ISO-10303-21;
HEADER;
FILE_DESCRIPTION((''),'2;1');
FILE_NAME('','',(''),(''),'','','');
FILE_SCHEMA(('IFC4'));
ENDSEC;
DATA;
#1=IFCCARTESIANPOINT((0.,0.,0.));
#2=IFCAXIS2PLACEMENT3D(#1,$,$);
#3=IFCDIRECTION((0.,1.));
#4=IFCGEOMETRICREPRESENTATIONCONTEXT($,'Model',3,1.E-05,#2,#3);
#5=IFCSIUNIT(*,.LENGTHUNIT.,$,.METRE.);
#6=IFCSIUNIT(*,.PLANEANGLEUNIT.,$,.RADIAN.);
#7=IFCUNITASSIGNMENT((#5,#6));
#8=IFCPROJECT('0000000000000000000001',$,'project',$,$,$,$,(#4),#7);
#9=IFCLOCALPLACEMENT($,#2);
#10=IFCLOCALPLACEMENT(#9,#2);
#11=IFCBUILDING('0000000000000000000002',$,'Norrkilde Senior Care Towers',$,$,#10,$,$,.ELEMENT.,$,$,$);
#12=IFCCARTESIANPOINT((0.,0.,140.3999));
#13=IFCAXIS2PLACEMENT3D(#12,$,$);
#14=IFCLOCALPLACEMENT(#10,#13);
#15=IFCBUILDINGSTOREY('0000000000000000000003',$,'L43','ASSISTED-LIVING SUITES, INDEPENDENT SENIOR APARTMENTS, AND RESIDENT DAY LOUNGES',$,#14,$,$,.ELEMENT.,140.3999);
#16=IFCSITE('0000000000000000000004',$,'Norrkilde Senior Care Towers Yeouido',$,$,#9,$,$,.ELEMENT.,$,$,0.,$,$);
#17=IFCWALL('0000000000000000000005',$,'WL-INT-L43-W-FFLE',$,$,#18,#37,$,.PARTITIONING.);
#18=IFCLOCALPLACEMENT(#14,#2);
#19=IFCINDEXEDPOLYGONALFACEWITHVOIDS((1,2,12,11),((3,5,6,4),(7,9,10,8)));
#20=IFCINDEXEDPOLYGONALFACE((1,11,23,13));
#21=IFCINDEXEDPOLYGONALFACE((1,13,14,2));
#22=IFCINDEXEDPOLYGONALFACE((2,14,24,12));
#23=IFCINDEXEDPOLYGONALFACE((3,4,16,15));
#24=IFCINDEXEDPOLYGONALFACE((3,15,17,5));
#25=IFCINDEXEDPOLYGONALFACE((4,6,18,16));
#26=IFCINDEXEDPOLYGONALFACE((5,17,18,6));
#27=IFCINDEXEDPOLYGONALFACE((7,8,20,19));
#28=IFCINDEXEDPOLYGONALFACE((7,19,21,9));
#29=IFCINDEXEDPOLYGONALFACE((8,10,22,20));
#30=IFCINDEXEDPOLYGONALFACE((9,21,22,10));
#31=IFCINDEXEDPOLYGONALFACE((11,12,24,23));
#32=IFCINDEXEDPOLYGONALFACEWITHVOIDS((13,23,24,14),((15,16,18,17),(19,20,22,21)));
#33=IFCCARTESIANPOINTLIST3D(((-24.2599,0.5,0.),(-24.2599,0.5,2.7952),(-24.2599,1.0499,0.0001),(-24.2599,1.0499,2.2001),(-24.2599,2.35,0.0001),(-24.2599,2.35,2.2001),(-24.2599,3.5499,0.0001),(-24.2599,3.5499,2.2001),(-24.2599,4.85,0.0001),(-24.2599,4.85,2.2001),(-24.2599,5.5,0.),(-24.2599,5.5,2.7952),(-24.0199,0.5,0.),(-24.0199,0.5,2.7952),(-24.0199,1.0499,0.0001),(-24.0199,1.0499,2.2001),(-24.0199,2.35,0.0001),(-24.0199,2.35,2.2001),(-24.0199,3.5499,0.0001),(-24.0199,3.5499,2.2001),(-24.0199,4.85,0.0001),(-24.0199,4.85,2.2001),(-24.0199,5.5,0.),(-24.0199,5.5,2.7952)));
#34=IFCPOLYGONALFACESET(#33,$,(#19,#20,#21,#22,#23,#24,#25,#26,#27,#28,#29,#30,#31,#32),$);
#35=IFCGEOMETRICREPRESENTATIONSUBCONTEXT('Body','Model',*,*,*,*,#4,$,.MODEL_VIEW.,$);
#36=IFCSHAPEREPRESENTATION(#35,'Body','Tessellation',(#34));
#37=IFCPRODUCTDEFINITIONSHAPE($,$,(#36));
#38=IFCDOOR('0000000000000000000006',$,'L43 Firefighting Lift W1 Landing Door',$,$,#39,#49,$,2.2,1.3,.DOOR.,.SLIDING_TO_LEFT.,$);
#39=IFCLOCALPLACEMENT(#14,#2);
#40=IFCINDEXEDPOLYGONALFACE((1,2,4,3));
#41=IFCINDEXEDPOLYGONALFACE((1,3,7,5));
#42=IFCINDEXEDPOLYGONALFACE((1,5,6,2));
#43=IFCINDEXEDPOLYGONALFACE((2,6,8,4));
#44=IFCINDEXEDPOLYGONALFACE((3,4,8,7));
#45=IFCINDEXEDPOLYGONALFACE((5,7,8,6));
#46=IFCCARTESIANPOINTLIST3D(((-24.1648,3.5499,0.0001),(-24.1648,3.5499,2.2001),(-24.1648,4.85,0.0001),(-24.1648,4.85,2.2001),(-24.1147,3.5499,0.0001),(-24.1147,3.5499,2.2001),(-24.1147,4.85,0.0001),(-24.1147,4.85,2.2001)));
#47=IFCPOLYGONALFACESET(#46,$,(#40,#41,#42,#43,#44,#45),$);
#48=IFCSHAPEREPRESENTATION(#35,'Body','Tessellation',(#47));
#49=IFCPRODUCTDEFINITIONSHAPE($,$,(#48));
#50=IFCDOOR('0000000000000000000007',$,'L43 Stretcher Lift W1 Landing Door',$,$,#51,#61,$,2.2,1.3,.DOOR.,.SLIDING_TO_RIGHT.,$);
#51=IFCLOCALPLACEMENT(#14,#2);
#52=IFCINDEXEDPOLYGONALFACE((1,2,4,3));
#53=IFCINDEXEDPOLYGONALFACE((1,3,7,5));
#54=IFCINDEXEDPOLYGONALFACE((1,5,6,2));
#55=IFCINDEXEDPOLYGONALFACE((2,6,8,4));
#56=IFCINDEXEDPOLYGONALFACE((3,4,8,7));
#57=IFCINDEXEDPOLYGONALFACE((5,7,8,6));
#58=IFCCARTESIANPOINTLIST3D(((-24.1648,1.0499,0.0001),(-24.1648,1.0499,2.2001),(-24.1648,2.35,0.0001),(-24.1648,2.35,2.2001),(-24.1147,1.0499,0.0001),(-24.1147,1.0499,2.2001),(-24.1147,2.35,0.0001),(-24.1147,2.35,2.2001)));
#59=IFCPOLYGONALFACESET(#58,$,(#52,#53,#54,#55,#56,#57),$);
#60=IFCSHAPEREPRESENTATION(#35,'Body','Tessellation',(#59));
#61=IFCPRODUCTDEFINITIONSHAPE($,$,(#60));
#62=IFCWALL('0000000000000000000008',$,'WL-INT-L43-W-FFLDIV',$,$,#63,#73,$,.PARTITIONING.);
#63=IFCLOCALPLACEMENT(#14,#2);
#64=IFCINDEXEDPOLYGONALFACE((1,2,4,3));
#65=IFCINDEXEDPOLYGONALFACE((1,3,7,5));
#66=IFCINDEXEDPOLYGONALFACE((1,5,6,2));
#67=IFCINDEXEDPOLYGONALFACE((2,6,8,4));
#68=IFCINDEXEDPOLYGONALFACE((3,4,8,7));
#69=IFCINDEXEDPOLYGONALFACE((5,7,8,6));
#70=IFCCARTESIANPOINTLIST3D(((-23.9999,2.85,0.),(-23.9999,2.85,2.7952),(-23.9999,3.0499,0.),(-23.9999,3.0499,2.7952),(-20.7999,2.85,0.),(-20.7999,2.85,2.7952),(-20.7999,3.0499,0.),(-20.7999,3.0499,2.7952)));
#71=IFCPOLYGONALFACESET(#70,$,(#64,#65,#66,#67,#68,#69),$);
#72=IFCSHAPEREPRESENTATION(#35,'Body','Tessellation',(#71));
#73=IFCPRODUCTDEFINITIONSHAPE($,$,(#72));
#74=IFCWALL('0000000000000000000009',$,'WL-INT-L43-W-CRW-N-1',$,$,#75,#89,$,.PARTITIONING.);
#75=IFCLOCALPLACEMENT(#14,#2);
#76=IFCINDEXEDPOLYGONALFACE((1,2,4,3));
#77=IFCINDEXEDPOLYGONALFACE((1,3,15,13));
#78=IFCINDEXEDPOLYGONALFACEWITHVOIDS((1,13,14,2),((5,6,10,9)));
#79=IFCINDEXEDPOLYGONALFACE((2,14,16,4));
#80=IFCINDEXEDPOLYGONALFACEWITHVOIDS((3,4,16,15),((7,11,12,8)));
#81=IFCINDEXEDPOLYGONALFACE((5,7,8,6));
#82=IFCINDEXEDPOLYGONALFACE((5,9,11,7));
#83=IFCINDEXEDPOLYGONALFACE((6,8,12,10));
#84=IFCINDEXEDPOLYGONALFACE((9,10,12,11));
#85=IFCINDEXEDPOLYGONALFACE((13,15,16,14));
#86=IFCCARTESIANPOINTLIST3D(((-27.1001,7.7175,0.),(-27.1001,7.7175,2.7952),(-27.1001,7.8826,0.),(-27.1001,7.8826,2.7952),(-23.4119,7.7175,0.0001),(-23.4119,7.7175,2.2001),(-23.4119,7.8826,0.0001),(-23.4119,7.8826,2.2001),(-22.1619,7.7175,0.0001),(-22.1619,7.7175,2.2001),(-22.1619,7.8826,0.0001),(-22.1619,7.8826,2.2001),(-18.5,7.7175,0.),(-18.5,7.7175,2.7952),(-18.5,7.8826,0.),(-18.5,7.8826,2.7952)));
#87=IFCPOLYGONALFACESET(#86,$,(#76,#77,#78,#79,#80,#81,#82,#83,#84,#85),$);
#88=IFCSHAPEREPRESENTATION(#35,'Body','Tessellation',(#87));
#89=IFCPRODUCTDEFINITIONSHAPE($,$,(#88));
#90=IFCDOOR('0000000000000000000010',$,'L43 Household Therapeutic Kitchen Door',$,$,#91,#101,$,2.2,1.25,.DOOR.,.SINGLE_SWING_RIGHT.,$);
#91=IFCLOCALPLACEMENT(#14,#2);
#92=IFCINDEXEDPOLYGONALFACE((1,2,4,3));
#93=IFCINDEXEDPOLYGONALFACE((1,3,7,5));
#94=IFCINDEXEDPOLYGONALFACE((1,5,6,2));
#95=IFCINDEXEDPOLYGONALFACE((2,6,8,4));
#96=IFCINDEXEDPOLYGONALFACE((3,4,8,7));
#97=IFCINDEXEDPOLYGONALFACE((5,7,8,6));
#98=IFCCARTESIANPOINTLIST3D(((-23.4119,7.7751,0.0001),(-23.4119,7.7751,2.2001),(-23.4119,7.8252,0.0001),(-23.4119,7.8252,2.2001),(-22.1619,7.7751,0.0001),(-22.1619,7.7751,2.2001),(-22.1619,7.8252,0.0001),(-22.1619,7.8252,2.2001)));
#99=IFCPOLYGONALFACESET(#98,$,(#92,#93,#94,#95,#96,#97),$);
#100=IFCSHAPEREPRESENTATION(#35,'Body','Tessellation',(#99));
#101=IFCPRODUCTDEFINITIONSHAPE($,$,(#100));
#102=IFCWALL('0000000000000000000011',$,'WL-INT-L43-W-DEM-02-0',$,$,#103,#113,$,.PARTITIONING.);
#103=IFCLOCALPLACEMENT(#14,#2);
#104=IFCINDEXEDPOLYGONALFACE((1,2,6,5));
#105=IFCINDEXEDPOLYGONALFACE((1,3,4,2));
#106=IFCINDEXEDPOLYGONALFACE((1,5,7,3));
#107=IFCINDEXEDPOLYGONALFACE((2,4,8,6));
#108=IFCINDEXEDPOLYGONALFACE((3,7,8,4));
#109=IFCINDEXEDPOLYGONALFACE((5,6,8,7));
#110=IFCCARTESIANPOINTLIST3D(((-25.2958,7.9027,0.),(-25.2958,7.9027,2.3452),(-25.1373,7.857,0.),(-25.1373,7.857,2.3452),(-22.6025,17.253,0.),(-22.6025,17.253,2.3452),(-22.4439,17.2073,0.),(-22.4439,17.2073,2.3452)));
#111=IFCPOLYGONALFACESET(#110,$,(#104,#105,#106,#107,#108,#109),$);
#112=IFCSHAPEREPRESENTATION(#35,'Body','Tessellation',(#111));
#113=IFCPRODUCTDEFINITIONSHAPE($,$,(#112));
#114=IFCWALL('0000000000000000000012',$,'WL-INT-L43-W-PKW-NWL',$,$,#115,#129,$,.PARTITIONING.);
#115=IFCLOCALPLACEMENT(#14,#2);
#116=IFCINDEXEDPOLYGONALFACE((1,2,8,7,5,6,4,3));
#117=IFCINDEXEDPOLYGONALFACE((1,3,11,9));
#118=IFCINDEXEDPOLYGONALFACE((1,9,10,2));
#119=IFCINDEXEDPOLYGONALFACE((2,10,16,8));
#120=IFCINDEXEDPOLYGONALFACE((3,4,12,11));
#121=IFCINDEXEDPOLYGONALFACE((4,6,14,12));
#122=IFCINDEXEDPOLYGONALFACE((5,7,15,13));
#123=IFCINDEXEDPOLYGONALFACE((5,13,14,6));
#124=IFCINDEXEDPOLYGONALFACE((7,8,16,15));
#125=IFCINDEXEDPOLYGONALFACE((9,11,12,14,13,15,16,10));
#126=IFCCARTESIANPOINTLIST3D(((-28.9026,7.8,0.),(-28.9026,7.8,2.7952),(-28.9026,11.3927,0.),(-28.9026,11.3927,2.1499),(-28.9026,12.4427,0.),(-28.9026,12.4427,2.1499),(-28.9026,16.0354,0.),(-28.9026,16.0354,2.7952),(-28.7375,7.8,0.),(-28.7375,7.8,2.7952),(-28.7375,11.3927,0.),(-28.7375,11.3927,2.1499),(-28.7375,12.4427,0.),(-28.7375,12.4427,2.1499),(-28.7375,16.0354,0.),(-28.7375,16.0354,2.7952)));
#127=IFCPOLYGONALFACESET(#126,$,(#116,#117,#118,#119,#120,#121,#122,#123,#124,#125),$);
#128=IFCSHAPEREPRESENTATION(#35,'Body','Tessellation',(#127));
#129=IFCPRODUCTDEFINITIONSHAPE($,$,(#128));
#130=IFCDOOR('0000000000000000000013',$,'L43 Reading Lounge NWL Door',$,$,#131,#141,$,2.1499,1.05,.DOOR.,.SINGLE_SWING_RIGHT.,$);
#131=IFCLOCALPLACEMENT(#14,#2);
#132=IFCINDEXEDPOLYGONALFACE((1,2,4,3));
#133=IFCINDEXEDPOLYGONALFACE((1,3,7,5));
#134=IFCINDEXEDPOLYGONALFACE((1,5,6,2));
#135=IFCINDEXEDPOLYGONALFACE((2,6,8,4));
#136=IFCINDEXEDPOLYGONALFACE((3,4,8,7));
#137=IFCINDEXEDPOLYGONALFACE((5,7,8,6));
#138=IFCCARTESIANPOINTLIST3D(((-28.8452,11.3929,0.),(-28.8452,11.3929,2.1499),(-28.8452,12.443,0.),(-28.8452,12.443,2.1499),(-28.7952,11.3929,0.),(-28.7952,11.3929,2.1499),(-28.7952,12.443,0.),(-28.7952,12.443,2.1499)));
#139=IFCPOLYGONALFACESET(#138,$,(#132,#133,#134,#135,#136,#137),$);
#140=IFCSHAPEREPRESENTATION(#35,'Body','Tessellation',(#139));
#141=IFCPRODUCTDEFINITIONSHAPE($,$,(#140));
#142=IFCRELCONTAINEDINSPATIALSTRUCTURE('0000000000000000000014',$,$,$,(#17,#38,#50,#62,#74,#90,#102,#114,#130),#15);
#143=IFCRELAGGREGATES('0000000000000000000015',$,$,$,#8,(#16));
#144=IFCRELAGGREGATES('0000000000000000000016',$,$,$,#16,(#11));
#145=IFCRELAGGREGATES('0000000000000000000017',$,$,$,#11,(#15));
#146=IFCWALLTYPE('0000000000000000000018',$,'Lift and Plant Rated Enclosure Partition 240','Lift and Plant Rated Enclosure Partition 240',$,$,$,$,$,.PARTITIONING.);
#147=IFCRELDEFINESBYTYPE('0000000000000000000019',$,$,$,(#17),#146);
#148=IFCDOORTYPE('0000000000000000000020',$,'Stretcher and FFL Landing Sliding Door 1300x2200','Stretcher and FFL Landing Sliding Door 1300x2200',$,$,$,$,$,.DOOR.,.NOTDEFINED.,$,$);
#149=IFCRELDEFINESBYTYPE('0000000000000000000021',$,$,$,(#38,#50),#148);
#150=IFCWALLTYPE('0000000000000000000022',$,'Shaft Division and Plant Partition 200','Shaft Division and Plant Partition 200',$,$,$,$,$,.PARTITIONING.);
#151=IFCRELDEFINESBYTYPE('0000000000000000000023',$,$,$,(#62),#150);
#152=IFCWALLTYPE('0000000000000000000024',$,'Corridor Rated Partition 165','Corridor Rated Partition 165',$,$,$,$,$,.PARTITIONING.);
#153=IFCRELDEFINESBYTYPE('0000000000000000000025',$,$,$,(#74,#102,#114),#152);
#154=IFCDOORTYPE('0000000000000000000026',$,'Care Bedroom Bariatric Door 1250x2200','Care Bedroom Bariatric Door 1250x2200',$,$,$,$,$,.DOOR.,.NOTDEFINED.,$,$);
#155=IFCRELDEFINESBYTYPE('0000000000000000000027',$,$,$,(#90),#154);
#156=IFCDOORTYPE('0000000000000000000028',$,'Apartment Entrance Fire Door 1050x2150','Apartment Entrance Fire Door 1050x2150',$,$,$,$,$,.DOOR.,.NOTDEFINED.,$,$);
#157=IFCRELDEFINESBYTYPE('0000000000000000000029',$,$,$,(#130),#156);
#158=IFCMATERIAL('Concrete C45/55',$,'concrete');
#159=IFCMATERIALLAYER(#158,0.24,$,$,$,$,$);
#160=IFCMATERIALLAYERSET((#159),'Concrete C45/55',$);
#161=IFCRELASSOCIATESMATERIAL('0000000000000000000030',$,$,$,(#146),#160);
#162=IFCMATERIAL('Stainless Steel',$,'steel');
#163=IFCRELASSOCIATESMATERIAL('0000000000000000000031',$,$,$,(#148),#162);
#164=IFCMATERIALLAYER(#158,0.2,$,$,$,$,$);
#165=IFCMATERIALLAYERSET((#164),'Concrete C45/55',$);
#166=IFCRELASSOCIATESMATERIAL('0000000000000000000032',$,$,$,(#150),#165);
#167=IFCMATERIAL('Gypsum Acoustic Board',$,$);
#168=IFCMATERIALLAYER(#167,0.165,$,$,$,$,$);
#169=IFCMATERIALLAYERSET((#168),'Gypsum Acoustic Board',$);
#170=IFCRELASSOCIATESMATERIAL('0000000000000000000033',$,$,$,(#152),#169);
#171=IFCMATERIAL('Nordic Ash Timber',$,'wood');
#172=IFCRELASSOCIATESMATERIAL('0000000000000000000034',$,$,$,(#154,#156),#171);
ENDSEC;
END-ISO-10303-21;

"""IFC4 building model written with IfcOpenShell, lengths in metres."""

from ifc_helpers import new_model, si_unit, direction, frame, frame_2d, origin, place, context, subcontext, project, spatial, rectangle, extrude, source, transform, mapped, material, layer, layer_set, type_object, type_shapes, element, fill, save


model = new_model("IFC4")

# Units and contexts
model_context = context("Model", 3, precision=1e-05, world=origin(), true_north=direction((0.0, 1.0)))
body_context = subcontext(model_context, "Body", "Model", "MODEL_VIEW")
ifc_project = project(units=[si_unit("LENGTHUNIT", "METRE"), si_unit("PLANEANGLEUNIT", "RADIAN")], contexts=[model_context])

# Site, building, storey
site_placement = place(None, origin())
site = spatial("IfcSite", under=ifc_project, at=site_placement, Name="Norrkilde Senior Care Towers Yeouido", CompositionType="ELEMENT", RefElevation=0.0)
building_placement = place(site_placement, origin())
building = spatial("IfcBuilding", under=site, at=building_placement, Name="Norrkilde Senior Care Towers", CompositionType="ELEMENT")
storey_placement = place(building_placement, frame((0.0, 0.0, 140.3999)))
storey = spatial("IfcBuildingStorey", under=building, at=storey_placement, Name="L43", Description="ASSISTED-LIVING SUITES, INDEPENDENT SENIOR APARTMENTS, AND RESIDENT DAY LOUNGES", CompositionType="ELEMENT", Elevation=140.3999)

# Shared definitions
ifc_material_1 = material(Name="Concrete C45/55", Category="concrete")

# Wall, openings, doors
ifc_layer_1 = layer(ifc_material_1, 0.24)
ifc_layer_set_1 = layer_set([ifc_layer_1], Name="Concrete C45/55")
wall_type_1 = type_object("IfcWallType", Name="Lift and Plant Rated Enclosure Partition 240", Description="Lift and Plant Rated Enclosure Partition 240", PredefinedType="PARTITIONING", material=ifc_layer_set_1)
shared_shape_1 = source(origin(), body_context, "Body", "SweptSolid", [
    extrude(rectangle(XDim=5.0, YDim=0.24, at=frame_2d((2.5, 0.0))), origin(), (0.0, 0.0, 1.0), 2.7952),
])
type_shapes(wall_type_1, [shared_shape_1])
wall_1_placement = place(storey_placement, frame((-24.1399, 0.5, 0.0), z_axis=(0.0, 0.0, 1.0), x_axis=(0.0, 1.0, 0.0)))
wall_1 = element("IfcWall", 1, at=wall_1_placement, inside=storey, type_object=wall_type_1, Name="WL-INT-L43-W-FFLE", PredefinedType="PARTITIONING", context=body_context, shape_type="MappedRepresentation", body=[
    mapped(shared_shape_1, transform((0.0, 0.0, 0.0), x_axis=(1.0, 0.0, 0.0), y_axis=(0.0, 1.0, 0.0), z_axis=(0.0, 0.0, 1.0), scale=1.0)),
])
opening_1_placement = place(wall_1_placement, frame((3.05, 0.0, 0.0)))
opening_1 = element("IfcOpeningElement", 2, at=opening_1_placement, cuts=wall_1, PredefinedType="OPENING", context=body_context, shape_type="SweptSolid", body=[
    extrude(rectangle(XDim=1.3, YDim=2.2, at=frame_2d((0.6499, 1.1001))), frame((0.0, 0.1299, 0.0), z_axis=(0.0, -1.0, 0.0), x_axis=(1.0, 0.0, 0.0)), (0.0, 0.0, 1.0), 0.26),
])
opening_2_placement = place(wall_1_placement, frame((0.55, 0.0, 0.0)))
opening_2 = element("IfcOpeningElement", 3, at=opening_2_placement, cuts=wall_1, PredefinedType="OPENING", context=body_context, shape_type="SweptSolid", body=[
    extrude(rectangle(XDim=1.3, YDim=2.2, at=frame_2d((0.6499, 1.1001))), frame((0.0, 0.1299, 0.0), z_axis=(0.0, -1.0, 0.0), x_axis=(1.0, 0.0, 0.0)), (0.0, 0.0, 1.0), 0.26),
])
ifc_material_2 = material(Name="Stainless Steel", Category="steel")
door_type_1 = type_object("IfcDoorType", Name="Stretcher and FFL Landing Sliding Door 1300x2200", Description="Stretcher and FFL Landing Sliding Door 1300x2200", OperationType="NOTDEFINED", PredefinedType="DOOR", material=ifc_material_2)
shared_shape_2 = source(origin(), body_context, "Body", "SweptSolid", [
    extrude(rectangle(XDim=1.3, YDim=2.2, at=frame_2d((0.6499, 1.1001))), frame((0.0, 0.0249, 0.0), z_axis=(0.0, -1.0, 0.0), x_axis=(1.0, 0.0, 0.0)), (0.0, 0.0, 1.0), 0.05),
])
type_shapes(door_type_1, [shared_shape_2])
door_1_placement = place(opening_1_placement, origin())
door_1 = element("IfcDoor", 4, at=door_1_placement, inside=storey, type_object=door_type_1, Name="L43 Firefighting Lift W1 Landing Door", OperationType="SLIDING_TO_LEFT", OverallHeight=2.2, OverallWidth=1.3, PredefinedType="DOOR", context=body_context, shape_type="MappedRepresentation", body=[
    mapped(shared_shape_2, transform((0.0, 0.0, 0.0), x_axis=(1.0, 0.0, 0.0), y_axis=(0.0, 1.0, 0.0), z_axis=(0.0, 0.0, 1.0), scale=1.0)),
])
fill(opening_1, door_1)
door_2_placement = place(opening_2_placement, origin())
door_2 = element("IfcDoor", 5, at=door_2_placement, inside=storey, type_object=door_type_1, Name="L43 Stretcher Lift W1 Landing Door", OperationType="SLIDING_TO_RIGHT", OverallHeight=2.2, OverallWidth=1.3, PredefinedType="DOOR", context=body_context, shape_type="MappedRepresentation", body=[
    mapped(shared_shape_2, transform((0.0, 0.0, 0.0), x_axis=(1.0, 0.0, 0.0), y_axis=(0.0, 1.0, 0.0), z_axis=(0.0, 0.0, 1.0), scale=1.0)),
])
fill(opening_2, door_2)

# Wall
ifc_layer_2 = layer(ifc_material_1, 0.2)
ifc_layer_set_2 = layer_set([ifc_layer_2], Name="Concrete C45/55")
wall_type_2 = type_object("IfcWallType", Name="Shaft Division and Plant Partition 200", Description="Shaft Division and Plant Partition 200", PredefinedType="PARTITIONING", material=ifc_layer_set_2)
shared_shape_3 = source(origin(), body_context, "Body", "SweptSolid", [
    extrude(rectangle(XDim=3.2, YDim=0.2, at=frame_2d((1.6001, 0.0))), origin(), (0.0, 0.0, 1.0), 2.7952),
])
type_shapes(wall_type_2, [shared_shape_3])
wall_2_placement = place(storey_placement, frame((-24.0, 2.95, 0.0), z_axis=(0.0, 0.0, 1.0), x_axis=(1.0, 0.0, 0.0)))
element("IfcWall", 6, at=wall_2_placement, inside=storey, type_object=wall_type_2, Name="WL-INT-L43-W-FFLDIV", PredefinedType="PARTITIONING", context=body_context, shape_type="MappedRepresentation", body=[
    mapped(shared_shape_3, transform((0.0, 0.0, 0.0), x_axis=(1.0, 0.0, 0.0), y_axis=(0.0, 1.0, 0.0), z_axis=(0.0, 0.0, 1.0), scale=1.0)),
])

# Wall, opening, door
ifc_material_3 = material(Name="Gypsum Acoustic Board")
ifc_layer_3 = layer(ifc_material_3, 0.165)
ifc_layer_set_3 = layer_set([ifc_layer_3], Name="Gypsum Acoustic Board")
wall_type_3 = type_object("IfcWallType", Name="Corridor Rated Partition 165", Description="Corridor Rated Partition 165", PredefinedType="PARTITIONING", material=ifc_layer_set_3)
shared_shape_4 = source(origin(), body_context, "Body", "SweptSolid", [
    extrude(rectangle(XDim=8.6001, YDim=0.165, at=frame_2d((4.3, 0.0))), origin(), (0.0, 0.0, 1.0), 2.7952),
])
wall_3_placement = place(storey_placement, frame((-27.1001, 7.8, 0.0), z_axis=(0.0, 0.0, 1.0), x_axis=(1.0, 0.0, 0.0)))
wall_3 = element("IfcWall", 7, at=wall_3_placement, inside=storey, type_object=wall_type_3, Name="WL-INT-L43-W-CRW-N-1", PredefinedType="PARTITIONING", context=body_context, shape_type="MappedRepresentation", body=[
    mapped(shared_shape_4, transform((0.0, 0.0, 0.0), x_axis=(1.0, 0.0, 0.0), y_axis=(0.0, 1.0, 0.0), z_axis=(0.0, 0.0, 1.0), scale=1.0)),
])
opening_3_placement = place(wall_3_placement, frame((3.6882, 0.0, 0.0)))
opening_3 = element("IfcOpeningElement", 8, at=opening_3_placement, cuts=wall_3, PredefinedType="OPENING", context=body_context, shape_type="SweptSolid", body=[
    extrude(rectangle(XDim=1.25, YDim=2.2, at=frame_2d((0.625, 1.1001))), frame((0.0, 0.0925, 0.0), z_axis=(0.0, -1.0, 0.0), x_axis=(1.0, 0.0, 0.0)), (0.0, 0.0, 1.0), 0.1851),
])
ifc_material_4 = material(Name="Nordic Ash Timber", Category="wood")
door_type_2 = type_object("IfcDoorType", Name="Care Bedroom Bariatric Door 1250x2200", Description="Care Bedroom Bariatric Door 1250x2200", OperationType="NOTDEFINED", PredefinedType="DOOR", material=ifc_material_4)
shared_shape_5 = source(origin(), body_context, "Body", "SweptSolid", [
    extrude(rectangle(XDim=1.25, YDim=2.2, at=frame_2d((0.625, 1.1001))), frame((0.0, 0.0249, 0.0), z_axis=(0.0, -1.0, 0.0), x_axis=(1.0, 0.0, 0.0)), (0.0, 0.0, 1.0), 0.05),
])
type_shapes(door_type_2, [shared_shape_5])
door_3_placement = place(opening_3_placement, frame((1.25, 0.0, 0.0), z_axis=(0.0, 0.0, 1.0), x_axis=(-1.0, 0.0, 0.0)))
door_3 = element("IfcDoor", 9, at=door_3_placement, inside=storey, type_object=door_type_2, Name="L43 Household Therapeutic Kitchen Door", OperationType="SINGLE_SWING_RIGHT", OverallHeight=2.2, OverallWidth=1.25, PredefinedType="DOOR", context=body_context, shape_type="MappedRepresentation", body=[
    mapped(shared_shape_5, transform((0.0, 0.0, 0.0), x_axis=(1.0, 0.0, 0.0), y_axis=(0.0, 1.0, 0.0), z_axis=(0.0, 0.0, 1.0), scale=1.0)),
])
fill(opening_3, door_3)

# Wall
shared_shape_6 = source(origin(), body_context, "Body", "SweptSolid", [
    extrude(rectangle(XDim=9.7305, YDim=0.165, at=frame_2d((4.8652, 0.0))), origin(), (0.0, 0.0, 1.0), 2.3452),
])
wall_4_placement = place(storey_placement, frame((-25.2166, 7.8799, 0.0), z_axis=(0.0, 0.0, 1.0), x_axis=(0.276795, 0.960929, 0.0)))
element("IfcWall", 10, at=wall_4_placement, inside=storey, type_object=wall_type_3, Name="WL-INT-L43-W-DEM-02-0", PredefinedType="PARTITIONING", context=body_context, shape_type="MappedRepresentation", body=[
    mapped(shared_shape_6, transform((0.0, 0.0, 0.0), x_axis=(1.0, 0.0, 0.0), y_axis=(0.0, 1.0, 0.0), z_axis=(0.0, 0.0, 1.0), scale=1.0)),
])

# Wall, opening, door
shared_shape_7 = source(origin(), body_context, "Body", "SweptSolid", [
    extrude(rectangle(XDim=8.2354, YDim=0.165, at=frame_2d((4.1177, 0.0))), origin(), (0.0, 0.0, 1.0), 2.7952),
])
wall_5_placement = place(storey_placement, frame((-28.8201, 7.8, 0.0), z_axis=(0.0, 0.0, 1.0), x_axis=(0.0, 1.0, 0.0)))
wall_5 = element("IfcWall", 11, at=wall_5_placement, inside=storey, type_object=wall_type_3, Name="WL-INT-L43-W-PKW-NWL", PredefinedType="PARTITIONING", context=body_context, shape_type="MappedRepresentation", body=[
    mapped(shared_shape_7, transform((0.0, 0.0, 0.0), x_axis=(1.0, 0.0, 0.0), y_axis=(0.0, 1.0, 0.0), z_axis=(0.0, 0.0, 1.0), scale=1.0)),
])
opening_4_placement = place(wall_5_placement, frame((3.5928, 0.0, 0.0)))
opening_4 = element("IfcOpeningElement", 12, at=opening_4_placement, cuts=wall_5, PredefinedType="OPENING", context=body_context, shape_type="SweptSolid", body=[
    extrude(rectangle(XDim=1.05, YDim=2.1499, at=frame_2d((0.5249, 1.075))), frame((0.0, 0.0925, 0.0), z_axis=(0.0, -1.0, 0.0), x_axis=(1.0, 0.0, 0.0)), (0.0, 0.0, 1.0), 0.1851),
])
door_type_3 = type_object("IfcDoorType", Name="Apartment Entrance Fire Door 1050x2150", Description="Apartment Entrance Fire Door 1050x2150", OperationType="NOTDEFINED", PredefinedType="DOOR", material=ifc_material_4)
shared_shape_8 = source(origin(), body_context, "Body", "SweptSolid", [
    extrude(rectangle(XDim=1.05, YDim=2.1499, at=frame_2d((0.5249, 1.075))), frame((0.0, 0.0249, 0.0), z_axis=(0.0, -1.0, 0.0), x_axis=(1.0, 0.0, 0.0)), (0.0, 0.0, 1.0), 0.05),
])
type_shapes(door_type_3, [shared_shape_8])
door_4_placement = place(opening_4_placement, frame((1.05, 0.0, 0.0), z_axis=(0.0, 0.0, 1.0), x_axis=(-1.0, 0.0, 0.0)))
door_4 = element("IfcDoor", 13, at=door_4_placement, inside=storey, type_object=door_type_3, Name="L43 Reading Lounge NWL Door", OperationType="SINGLE_SWING_RIGHT", OverallHeight=2.1499, OverallWidth=1.05, PredefinedType="DOOR", context=body_context, shape_type="MappedRepresentation", body=[
    mapped(shared_shape_8, transform((0.0, 0.0, 0.0), x_axis=(1.0, 0.0, 0.0), y_axis=(0.0, 1.0, 0.0), z_axis=(0.0, 0.0, 1.0), scale=1.0)),
])
fill(opening_4, door_4)

save(model, "model.ifc")
